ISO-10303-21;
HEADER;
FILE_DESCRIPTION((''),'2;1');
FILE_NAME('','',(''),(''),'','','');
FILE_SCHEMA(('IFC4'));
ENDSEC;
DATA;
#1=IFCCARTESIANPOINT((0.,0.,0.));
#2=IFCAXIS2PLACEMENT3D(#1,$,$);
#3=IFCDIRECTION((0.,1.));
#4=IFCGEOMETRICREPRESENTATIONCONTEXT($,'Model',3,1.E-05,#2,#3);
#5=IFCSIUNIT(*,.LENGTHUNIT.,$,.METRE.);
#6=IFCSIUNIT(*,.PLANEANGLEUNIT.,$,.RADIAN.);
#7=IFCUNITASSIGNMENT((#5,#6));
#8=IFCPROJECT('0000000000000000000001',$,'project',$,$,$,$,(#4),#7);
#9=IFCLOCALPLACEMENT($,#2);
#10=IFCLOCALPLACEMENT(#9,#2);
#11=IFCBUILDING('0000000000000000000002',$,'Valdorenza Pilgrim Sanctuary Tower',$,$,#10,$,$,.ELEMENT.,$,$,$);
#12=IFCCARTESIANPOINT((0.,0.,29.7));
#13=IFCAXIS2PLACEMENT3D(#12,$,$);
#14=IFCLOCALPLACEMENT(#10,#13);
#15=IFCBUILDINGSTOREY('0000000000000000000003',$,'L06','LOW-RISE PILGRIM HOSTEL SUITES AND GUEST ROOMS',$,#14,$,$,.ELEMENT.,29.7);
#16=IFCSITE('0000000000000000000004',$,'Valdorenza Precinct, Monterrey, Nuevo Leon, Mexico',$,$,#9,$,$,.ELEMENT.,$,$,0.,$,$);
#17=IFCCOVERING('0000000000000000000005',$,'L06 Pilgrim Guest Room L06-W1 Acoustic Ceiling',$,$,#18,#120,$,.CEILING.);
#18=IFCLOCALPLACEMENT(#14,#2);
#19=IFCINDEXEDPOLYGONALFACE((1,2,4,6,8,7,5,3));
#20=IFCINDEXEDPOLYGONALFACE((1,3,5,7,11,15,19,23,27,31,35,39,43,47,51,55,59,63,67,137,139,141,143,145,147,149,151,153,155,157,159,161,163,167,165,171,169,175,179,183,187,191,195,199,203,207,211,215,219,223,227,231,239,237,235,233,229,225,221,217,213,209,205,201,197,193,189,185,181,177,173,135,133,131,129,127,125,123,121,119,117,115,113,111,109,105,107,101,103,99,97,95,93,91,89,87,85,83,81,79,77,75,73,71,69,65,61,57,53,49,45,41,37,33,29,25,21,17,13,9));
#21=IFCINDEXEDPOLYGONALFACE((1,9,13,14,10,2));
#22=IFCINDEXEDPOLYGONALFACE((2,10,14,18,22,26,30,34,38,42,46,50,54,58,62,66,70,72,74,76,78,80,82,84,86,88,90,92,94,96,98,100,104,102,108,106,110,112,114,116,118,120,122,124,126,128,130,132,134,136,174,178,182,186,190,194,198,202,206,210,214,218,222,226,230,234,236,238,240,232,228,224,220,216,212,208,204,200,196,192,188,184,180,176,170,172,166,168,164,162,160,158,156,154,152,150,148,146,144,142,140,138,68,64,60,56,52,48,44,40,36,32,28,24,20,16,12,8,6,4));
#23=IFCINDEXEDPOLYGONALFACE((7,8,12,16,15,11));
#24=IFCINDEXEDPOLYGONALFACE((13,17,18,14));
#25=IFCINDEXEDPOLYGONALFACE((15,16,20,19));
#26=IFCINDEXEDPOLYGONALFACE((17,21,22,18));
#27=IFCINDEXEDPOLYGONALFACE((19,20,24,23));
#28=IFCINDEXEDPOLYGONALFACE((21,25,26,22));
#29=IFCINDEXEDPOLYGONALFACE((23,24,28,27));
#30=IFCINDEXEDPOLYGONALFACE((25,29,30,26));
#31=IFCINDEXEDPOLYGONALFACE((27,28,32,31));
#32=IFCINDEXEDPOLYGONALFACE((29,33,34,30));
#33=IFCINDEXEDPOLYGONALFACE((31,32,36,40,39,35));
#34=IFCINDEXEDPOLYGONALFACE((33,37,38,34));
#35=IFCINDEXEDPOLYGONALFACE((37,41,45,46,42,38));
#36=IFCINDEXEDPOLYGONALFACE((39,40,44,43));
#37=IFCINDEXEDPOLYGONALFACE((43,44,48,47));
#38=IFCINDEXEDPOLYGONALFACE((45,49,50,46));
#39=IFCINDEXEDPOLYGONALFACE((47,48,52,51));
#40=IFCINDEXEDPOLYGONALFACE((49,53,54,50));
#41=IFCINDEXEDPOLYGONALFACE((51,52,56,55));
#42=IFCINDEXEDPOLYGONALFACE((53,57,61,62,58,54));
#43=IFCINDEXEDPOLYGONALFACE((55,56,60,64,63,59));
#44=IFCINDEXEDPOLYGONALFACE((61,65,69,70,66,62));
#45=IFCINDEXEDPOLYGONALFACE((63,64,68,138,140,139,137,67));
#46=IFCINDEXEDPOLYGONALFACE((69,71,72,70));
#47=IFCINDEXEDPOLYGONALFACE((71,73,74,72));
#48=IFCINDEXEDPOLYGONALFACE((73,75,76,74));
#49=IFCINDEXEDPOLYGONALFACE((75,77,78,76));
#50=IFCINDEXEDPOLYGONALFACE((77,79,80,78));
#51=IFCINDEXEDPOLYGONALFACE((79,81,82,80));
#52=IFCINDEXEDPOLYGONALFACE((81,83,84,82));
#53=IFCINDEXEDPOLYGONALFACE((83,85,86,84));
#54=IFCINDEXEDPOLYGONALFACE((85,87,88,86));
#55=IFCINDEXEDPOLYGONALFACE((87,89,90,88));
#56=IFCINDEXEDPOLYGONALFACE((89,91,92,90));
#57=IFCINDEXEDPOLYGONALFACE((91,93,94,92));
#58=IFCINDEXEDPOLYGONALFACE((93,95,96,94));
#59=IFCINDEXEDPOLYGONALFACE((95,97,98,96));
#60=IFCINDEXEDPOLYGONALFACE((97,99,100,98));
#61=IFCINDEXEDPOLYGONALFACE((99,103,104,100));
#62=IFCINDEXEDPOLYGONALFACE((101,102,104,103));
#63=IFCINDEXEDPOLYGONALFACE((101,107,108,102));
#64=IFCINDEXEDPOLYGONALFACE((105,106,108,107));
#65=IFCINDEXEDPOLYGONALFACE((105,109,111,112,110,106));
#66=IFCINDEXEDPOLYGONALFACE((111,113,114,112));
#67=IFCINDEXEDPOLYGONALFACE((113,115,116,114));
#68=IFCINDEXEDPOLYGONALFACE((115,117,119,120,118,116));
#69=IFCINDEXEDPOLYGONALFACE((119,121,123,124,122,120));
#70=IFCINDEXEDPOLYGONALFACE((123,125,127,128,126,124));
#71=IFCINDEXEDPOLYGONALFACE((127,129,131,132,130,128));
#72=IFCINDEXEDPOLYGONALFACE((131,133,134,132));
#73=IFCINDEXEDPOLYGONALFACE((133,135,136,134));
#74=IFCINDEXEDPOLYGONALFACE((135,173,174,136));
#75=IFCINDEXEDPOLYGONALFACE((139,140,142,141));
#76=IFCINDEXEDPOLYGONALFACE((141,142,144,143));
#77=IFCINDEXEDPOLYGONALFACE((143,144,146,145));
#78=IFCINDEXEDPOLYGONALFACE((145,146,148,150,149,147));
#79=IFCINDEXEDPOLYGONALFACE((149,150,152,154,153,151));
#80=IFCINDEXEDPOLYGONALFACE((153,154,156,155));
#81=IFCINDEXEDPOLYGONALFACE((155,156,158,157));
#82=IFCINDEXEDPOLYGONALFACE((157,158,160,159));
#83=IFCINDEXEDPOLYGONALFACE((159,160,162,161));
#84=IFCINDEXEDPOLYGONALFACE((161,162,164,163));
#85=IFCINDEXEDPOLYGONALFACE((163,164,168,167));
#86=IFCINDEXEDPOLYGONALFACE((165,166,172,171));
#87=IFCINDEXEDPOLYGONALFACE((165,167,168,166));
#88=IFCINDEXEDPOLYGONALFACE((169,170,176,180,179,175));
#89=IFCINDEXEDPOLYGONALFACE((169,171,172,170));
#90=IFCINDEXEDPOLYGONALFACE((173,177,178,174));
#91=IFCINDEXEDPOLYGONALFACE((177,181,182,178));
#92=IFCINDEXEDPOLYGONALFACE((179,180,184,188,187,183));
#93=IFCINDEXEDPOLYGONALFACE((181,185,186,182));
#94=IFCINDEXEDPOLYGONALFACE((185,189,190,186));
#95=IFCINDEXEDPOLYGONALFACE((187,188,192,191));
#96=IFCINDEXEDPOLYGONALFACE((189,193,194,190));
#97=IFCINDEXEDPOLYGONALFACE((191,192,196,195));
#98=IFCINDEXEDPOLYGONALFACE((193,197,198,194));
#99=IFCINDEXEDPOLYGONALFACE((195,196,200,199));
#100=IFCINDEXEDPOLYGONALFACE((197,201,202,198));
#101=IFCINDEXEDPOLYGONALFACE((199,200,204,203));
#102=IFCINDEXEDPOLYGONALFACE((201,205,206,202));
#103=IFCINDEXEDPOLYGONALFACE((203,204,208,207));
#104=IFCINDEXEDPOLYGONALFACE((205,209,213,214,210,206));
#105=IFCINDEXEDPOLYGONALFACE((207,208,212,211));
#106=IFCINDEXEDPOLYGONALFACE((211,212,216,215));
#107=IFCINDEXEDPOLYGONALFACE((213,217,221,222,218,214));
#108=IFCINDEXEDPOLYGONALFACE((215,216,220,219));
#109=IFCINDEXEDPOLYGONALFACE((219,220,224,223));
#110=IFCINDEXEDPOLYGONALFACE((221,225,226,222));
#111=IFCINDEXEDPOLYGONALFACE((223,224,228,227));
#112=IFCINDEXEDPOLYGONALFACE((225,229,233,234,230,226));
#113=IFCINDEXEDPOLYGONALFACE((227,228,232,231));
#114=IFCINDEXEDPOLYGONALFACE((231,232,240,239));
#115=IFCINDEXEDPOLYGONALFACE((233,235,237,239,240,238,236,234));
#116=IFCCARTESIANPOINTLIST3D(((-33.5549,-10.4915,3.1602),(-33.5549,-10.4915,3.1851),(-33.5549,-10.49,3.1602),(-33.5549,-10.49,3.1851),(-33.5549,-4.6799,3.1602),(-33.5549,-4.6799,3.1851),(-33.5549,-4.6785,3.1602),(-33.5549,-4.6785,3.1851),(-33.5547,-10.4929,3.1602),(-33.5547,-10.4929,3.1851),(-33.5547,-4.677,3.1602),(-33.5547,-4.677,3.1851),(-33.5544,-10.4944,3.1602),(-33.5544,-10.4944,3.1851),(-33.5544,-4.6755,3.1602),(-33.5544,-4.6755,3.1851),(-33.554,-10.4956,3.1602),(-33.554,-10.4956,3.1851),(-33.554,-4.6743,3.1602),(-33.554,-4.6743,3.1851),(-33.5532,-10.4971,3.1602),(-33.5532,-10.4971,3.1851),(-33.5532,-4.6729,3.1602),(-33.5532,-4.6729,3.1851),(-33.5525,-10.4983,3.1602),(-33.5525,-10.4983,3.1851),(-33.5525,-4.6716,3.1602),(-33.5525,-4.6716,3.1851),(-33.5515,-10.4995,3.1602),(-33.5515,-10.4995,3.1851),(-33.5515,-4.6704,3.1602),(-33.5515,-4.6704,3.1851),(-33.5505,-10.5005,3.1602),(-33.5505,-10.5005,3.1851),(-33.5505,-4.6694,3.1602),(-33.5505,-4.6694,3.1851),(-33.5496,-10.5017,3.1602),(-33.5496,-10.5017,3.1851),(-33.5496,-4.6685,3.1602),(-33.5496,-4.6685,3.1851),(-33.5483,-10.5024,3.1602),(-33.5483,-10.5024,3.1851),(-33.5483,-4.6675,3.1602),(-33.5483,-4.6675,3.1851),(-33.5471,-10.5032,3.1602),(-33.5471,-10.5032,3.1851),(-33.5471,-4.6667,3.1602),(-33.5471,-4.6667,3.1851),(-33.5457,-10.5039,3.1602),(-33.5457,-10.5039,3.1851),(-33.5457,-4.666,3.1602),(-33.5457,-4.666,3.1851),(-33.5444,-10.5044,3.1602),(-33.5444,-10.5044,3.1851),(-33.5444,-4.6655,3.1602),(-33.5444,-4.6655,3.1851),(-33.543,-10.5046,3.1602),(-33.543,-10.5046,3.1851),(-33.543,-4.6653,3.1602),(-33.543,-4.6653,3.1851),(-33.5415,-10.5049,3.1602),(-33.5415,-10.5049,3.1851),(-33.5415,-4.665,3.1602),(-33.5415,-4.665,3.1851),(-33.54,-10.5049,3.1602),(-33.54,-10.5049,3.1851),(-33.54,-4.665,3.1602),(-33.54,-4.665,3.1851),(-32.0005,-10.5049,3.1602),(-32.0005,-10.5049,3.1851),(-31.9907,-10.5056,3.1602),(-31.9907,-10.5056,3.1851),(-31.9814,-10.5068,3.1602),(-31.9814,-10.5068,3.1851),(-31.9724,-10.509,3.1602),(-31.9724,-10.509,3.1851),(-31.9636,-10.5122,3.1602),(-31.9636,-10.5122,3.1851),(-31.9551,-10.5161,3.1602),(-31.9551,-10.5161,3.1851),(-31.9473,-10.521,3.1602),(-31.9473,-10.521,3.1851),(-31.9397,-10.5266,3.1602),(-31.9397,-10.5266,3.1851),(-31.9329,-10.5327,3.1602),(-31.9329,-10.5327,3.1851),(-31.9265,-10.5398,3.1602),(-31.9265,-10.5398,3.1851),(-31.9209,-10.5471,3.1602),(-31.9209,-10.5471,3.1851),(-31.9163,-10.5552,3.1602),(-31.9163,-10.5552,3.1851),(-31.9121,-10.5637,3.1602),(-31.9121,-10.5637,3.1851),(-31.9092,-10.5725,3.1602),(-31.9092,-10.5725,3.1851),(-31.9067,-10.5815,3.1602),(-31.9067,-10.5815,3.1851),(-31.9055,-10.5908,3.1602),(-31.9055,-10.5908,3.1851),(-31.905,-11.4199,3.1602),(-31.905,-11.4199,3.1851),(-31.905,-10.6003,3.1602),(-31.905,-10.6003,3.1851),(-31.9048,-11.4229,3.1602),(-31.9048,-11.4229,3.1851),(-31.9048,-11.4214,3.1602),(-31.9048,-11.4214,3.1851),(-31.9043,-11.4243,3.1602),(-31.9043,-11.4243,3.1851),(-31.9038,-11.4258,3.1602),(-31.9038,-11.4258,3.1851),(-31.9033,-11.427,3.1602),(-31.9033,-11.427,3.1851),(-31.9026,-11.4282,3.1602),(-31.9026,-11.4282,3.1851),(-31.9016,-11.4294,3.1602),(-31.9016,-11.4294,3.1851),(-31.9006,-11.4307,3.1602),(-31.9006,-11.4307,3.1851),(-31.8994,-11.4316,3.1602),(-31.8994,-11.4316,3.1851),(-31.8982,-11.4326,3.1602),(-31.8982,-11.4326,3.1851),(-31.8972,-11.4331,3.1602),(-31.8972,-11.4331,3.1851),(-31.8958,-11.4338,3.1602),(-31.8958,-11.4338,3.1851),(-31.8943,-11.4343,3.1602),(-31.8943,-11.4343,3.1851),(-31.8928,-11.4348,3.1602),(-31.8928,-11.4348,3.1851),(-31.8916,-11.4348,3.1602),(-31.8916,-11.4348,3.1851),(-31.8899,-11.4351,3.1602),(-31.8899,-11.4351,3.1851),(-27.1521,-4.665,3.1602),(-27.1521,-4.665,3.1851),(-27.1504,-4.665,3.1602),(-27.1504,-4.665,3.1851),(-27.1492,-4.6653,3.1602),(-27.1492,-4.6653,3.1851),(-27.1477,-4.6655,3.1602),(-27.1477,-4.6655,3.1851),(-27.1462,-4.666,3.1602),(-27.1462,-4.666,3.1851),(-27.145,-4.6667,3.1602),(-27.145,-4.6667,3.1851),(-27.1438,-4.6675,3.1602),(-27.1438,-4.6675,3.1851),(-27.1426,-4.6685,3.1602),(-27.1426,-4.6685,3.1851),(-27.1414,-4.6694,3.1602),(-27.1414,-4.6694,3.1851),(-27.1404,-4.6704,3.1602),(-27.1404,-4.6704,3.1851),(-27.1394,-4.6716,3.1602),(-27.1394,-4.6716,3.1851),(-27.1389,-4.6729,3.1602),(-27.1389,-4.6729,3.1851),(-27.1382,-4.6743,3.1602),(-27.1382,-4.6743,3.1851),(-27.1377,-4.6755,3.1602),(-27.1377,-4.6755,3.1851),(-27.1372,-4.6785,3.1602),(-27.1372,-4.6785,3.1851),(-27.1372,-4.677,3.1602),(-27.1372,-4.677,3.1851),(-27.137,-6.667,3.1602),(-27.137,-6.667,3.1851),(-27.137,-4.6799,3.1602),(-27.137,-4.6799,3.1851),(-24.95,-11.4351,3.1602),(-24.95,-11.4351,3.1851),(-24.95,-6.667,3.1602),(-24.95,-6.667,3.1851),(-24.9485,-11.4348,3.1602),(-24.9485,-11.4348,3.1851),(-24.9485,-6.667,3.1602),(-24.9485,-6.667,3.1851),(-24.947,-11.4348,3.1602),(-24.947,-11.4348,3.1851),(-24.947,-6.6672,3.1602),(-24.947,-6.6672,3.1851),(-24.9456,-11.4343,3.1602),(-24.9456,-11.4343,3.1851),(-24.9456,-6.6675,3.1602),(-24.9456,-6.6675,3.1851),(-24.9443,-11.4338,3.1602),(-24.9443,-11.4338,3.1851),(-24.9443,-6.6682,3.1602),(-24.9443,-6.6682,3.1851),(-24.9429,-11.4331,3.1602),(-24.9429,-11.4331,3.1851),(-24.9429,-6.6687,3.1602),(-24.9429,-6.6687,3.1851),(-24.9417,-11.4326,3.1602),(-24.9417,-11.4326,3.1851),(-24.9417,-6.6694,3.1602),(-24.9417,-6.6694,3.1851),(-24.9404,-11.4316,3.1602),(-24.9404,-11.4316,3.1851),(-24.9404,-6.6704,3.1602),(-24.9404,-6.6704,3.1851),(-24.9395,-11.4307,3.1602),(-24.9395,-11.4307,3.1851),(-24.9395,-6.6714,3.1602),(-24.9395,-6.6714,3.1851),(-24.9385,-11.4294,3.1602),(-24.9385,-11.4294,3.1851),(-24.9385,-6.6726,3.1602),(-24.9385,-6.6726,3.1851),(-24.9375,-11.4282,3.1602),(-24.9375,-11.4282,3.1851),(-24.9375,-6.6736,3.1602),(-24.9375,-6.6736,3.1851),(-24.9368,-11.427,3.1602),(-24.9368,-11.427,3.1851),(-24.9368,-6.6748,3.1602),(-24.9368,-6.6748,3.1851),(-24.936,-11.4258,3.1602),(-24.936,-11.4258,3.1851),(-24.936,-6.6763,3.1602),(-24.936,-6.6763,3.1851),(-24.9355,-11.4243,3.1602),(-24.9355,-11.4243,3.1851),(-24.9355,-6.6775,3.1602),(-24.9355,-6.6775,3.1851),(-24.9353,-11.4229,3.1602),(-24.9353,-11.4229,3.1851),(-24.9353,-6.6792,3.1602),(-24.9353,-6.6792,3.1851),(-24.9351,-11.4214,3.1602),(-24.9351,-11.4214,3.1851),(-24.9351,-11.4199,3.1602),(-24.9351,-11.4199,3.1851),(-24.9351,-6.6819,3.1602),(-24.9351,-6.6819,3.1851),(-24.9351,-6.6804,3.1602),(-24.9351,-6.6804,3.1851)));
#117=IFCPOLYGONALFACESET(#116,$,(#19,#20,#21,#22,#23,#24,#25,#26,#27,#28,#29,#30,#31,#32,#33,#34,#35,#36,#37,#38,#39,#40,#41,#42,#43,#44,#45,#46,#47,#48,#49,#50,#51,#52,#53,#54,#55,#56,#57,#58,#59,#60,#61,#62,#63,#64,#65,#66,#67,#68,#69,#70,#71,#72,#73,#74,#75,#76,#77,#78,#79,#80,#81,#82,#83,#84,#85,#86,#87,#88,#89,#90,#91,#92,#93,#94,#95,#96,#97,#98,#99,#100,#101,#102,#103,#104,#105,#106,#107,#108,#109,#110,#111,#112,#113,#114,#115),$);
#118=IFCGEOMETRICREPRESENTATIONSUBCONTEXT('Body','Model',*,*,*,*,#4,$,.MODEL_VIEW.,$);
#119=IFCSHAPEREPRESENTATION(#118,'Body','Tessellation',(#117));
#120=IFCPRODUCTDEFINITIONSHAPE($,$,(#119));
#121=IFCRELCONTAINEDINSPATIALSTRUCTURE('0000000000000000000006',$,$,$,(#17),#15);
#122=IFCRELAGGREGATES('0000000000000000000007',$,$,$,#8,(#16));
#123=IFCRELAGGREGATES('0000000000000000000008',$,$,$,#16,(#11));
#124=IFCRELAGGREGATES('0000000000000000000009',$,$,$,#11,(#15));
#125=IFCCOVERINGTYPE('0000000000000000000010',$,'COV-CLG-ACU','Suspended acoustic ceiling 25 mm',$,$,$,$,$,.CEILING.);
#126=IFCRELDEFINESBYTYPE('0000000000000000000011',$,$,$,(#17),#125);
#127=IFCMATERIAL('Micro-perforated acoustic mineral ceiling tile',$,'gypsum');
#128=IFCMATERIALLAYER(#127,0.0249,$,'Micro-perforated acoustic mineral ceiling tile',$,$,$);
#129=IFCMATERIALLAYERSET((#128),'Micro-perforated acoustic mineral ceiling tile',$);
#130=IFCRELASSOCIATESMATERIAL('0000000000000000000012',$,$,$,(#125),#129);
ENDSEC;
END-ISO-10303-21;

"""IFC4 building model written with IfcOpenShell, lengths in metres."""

from ifc_helpers import new_model, si_unit, direction, frame, origin, place, context, subcontext, project, spatial, polyline, outline, extrude, material, layer, layer_set, type_object, element, save


model = new_model("IFC4")

# Units and contexts
model_context = context("Model", 3, precision=1e-05, world=origin(), true_north=direction((0.0, 1.0)))
body_context = subcontext(model_context, "Body", "Model", "MODEL_VIEW")
ifc_project = project(units=[si_unit("LENGTHUNIT", "METRE"), si_unit("PLANEANGLEUNIT", "RADIAN")], contexts=[model_context])

# Site, building, storey
site_placement = place(None, origin())
site = spatial("IfcSite", under=ifc_project, at=site_placement, Name="Valdorenza Precinct, Monterrey, Nuevo Leon, Mexico", CompositionType="ELEMENT", RefElevation=0.0)
building_placement = place(site_placement, origin())
building = spatial("IfcBuilding", under=site, at=building_placement, Name="Valdorenza Pilgrim Sanctuary Tower", CompositionType="ELEMENT")
storey_placement = place(building_placement, frame((0.0, 0.0, 29.7)))
storey = spatial("IfcBuildingStorey", under=building, at=storey_placement, Name="L06", Description="LOW-RISE PILGRIM HOSTEL SUITES AND GUEST ROOMS", CompositionType="ELEMENT", Elevation=29.7)

# Covering
ifc_material_1 = material(Name="Micro-perforated acoustic mineral ceiling tile", Category="gypsum")
ifc_layer_1 = layer(ifc_material_1, 0.0249, Name="Micro-perforated acoustic mineral ceiling tile")
ifc_layer_set_1 = layer_set([ifc_layer_1], Name="Micro-perforated acoustic mineral ceiling tile")
covering_type_1 = type_object("IfcCoveringType", Name="COV-CLG-ACU", Description="Suspended acoustic ceiling 25 mm", PredefinedType="CEILING", material=ifc_layer_set_1)
covering_1_placement = place(storey_placement, frame((0.0, 0.0, 3.1602)))
element("IfcCovering", 1, at=covering_1_placement, inside=storey, type_object=covering_type_1, Name="L06 Pilgrim Guest Room L06-W1 Acoustic Ceiling", PredefinedType="CEILING", context=body_context, shape_type="SweptSolid", body=[
    extrude(outline(polyline([(-31.905, -10.6003), (-31.9055, -10.5908), (-31.9067, -10.5815), (-31.9092, -10.5725), (-31.9121, -10.5637), (-31.9163, -10.5552), (-31.9209, -10.5471), (-31.9265, -10.5398), (-31.9329, -10.5327), (-31.9397, -10.5266), (-31.9473, -10.521), (-31.9551, -10.5161), (-31.9636, -10.5122), (-31.9724, -10.509), (-31.9814, -10.5068), (-31.9907, -10.5056), (-32.0005, -10.5049), (-33.54, -10.5049), (-33.5415, -10.5049), (-33.543, -10.5046), (-33.5444, -10.5044), (-33.5457, -10.5039), (-33.5471, -10.5032), (-33.5483, -10.5024), (-33.5496, -10.5017), (-33.5505, -10.5005), (-33.5515, -10.4995), (-33.5525, -10.4983), (-33.5532, -10.4971), (-33.554, -10.4956), (-33.5544, -10.4944), (-33.5547, -10.4929), (-33.5549, -10.4915), (-33.5549, -10.49), (-33.5549, -4.6799), (-33.5549, -4.6785), (-33.5547, -4.677), (-33.5544, -4.6755), (-33.554, -4.6743), (-33.5532, -4.6729), (-33.5525, -4.6716), (-33.5515, -4.6704), (-33.5505, -4.6694), (-33.5496, -4.6685), (-33.5483, -4.6675), (-33.5471, -4.6667), (-33.5457, -4.666), (-33.5444, -4.6655), (-33.543, -4.6653), (-33.5415, -4.665), (-33.54, -4.665), (-27.1521, -4.665), (-27.1504, -4.665), (-27.1492, -4.6653), (-27.1477, -4.6655), (-27.1462, -4.666), (-27.145, -4.6667), (-27.1438, -4.6675), (-27.1426, -4.6685), (-27.1414, -4.6694), (-27.1404, -4.6704), (-27.1394, -4.6716), (-27.1389, -4.6729), (-27.1382, -4.6743), (-27.1377, -4.6755), (-27.1372, -4.677), (-27.1372, -4.6785), (-27.137, -4.6799), (-27.137, -6.667), (-24.95, -6.667), (-24.9485, -6.667), (-24.947, -6.6672), (-24.9456, -6.6675), (-24.9443, -6.6682), (-24.9429, -6.6687), (-24.9417, -6.6694), (-24.9404, -6.6704), (-24.9395, -6.6714), (-24.9385, -6.6726), (-24.9375, -6.6736), (-24.9368, -6.6748), (-24.936, -6.6763), (-24.9355, -6.6775), (-24.9353, -6.6792), (-24.9351, -6.6804), (-24.9351, -6.6819), (-24.9351, -11.4199), (-24.9351, -11.4214), (-24.9353, -11.4229), (-24.9355, -11.4243), (-24.936, -11.4258), (-24.9368, -11.427), (-24.9375, -11.4282), (-24.9385, -11.4294), (-24.9395, -11.4307), (-24.9404, -11.4316), (-24.9417, -11.4326), (-24.9429, -11.4331), (-24.9443, -11.4338), (-24.9456, -11.4343), (-24.947, -11.4348), (-24.9485, -11.4348), (-24.95, -11.4351), (-31.8899, -11.4351), (-31.8916, -11.4348), (-31.8928, -11.4348), (-31.8943, -11.4343), (-31.8958, -11.4338), (-31.8972, -11.4331), (-31.8982, -11.4326), (-31.8994, -11.4316), (-31.9006, -11.4307), (-31.9016, -11.4294), (-31.9026, -11.4282), (-31.9033, -11.427), (-31.9038, -11.4258), (-31.9043, -11.4243), (-31.9048, -11.4229), (-31.9048, -11.4214), (-31.905, -11.4199), (-31.905, -10.6003)])), origin(), (0.0, 0.0, 1.0), 0.0249),
])

save(model, "model.ifc")
